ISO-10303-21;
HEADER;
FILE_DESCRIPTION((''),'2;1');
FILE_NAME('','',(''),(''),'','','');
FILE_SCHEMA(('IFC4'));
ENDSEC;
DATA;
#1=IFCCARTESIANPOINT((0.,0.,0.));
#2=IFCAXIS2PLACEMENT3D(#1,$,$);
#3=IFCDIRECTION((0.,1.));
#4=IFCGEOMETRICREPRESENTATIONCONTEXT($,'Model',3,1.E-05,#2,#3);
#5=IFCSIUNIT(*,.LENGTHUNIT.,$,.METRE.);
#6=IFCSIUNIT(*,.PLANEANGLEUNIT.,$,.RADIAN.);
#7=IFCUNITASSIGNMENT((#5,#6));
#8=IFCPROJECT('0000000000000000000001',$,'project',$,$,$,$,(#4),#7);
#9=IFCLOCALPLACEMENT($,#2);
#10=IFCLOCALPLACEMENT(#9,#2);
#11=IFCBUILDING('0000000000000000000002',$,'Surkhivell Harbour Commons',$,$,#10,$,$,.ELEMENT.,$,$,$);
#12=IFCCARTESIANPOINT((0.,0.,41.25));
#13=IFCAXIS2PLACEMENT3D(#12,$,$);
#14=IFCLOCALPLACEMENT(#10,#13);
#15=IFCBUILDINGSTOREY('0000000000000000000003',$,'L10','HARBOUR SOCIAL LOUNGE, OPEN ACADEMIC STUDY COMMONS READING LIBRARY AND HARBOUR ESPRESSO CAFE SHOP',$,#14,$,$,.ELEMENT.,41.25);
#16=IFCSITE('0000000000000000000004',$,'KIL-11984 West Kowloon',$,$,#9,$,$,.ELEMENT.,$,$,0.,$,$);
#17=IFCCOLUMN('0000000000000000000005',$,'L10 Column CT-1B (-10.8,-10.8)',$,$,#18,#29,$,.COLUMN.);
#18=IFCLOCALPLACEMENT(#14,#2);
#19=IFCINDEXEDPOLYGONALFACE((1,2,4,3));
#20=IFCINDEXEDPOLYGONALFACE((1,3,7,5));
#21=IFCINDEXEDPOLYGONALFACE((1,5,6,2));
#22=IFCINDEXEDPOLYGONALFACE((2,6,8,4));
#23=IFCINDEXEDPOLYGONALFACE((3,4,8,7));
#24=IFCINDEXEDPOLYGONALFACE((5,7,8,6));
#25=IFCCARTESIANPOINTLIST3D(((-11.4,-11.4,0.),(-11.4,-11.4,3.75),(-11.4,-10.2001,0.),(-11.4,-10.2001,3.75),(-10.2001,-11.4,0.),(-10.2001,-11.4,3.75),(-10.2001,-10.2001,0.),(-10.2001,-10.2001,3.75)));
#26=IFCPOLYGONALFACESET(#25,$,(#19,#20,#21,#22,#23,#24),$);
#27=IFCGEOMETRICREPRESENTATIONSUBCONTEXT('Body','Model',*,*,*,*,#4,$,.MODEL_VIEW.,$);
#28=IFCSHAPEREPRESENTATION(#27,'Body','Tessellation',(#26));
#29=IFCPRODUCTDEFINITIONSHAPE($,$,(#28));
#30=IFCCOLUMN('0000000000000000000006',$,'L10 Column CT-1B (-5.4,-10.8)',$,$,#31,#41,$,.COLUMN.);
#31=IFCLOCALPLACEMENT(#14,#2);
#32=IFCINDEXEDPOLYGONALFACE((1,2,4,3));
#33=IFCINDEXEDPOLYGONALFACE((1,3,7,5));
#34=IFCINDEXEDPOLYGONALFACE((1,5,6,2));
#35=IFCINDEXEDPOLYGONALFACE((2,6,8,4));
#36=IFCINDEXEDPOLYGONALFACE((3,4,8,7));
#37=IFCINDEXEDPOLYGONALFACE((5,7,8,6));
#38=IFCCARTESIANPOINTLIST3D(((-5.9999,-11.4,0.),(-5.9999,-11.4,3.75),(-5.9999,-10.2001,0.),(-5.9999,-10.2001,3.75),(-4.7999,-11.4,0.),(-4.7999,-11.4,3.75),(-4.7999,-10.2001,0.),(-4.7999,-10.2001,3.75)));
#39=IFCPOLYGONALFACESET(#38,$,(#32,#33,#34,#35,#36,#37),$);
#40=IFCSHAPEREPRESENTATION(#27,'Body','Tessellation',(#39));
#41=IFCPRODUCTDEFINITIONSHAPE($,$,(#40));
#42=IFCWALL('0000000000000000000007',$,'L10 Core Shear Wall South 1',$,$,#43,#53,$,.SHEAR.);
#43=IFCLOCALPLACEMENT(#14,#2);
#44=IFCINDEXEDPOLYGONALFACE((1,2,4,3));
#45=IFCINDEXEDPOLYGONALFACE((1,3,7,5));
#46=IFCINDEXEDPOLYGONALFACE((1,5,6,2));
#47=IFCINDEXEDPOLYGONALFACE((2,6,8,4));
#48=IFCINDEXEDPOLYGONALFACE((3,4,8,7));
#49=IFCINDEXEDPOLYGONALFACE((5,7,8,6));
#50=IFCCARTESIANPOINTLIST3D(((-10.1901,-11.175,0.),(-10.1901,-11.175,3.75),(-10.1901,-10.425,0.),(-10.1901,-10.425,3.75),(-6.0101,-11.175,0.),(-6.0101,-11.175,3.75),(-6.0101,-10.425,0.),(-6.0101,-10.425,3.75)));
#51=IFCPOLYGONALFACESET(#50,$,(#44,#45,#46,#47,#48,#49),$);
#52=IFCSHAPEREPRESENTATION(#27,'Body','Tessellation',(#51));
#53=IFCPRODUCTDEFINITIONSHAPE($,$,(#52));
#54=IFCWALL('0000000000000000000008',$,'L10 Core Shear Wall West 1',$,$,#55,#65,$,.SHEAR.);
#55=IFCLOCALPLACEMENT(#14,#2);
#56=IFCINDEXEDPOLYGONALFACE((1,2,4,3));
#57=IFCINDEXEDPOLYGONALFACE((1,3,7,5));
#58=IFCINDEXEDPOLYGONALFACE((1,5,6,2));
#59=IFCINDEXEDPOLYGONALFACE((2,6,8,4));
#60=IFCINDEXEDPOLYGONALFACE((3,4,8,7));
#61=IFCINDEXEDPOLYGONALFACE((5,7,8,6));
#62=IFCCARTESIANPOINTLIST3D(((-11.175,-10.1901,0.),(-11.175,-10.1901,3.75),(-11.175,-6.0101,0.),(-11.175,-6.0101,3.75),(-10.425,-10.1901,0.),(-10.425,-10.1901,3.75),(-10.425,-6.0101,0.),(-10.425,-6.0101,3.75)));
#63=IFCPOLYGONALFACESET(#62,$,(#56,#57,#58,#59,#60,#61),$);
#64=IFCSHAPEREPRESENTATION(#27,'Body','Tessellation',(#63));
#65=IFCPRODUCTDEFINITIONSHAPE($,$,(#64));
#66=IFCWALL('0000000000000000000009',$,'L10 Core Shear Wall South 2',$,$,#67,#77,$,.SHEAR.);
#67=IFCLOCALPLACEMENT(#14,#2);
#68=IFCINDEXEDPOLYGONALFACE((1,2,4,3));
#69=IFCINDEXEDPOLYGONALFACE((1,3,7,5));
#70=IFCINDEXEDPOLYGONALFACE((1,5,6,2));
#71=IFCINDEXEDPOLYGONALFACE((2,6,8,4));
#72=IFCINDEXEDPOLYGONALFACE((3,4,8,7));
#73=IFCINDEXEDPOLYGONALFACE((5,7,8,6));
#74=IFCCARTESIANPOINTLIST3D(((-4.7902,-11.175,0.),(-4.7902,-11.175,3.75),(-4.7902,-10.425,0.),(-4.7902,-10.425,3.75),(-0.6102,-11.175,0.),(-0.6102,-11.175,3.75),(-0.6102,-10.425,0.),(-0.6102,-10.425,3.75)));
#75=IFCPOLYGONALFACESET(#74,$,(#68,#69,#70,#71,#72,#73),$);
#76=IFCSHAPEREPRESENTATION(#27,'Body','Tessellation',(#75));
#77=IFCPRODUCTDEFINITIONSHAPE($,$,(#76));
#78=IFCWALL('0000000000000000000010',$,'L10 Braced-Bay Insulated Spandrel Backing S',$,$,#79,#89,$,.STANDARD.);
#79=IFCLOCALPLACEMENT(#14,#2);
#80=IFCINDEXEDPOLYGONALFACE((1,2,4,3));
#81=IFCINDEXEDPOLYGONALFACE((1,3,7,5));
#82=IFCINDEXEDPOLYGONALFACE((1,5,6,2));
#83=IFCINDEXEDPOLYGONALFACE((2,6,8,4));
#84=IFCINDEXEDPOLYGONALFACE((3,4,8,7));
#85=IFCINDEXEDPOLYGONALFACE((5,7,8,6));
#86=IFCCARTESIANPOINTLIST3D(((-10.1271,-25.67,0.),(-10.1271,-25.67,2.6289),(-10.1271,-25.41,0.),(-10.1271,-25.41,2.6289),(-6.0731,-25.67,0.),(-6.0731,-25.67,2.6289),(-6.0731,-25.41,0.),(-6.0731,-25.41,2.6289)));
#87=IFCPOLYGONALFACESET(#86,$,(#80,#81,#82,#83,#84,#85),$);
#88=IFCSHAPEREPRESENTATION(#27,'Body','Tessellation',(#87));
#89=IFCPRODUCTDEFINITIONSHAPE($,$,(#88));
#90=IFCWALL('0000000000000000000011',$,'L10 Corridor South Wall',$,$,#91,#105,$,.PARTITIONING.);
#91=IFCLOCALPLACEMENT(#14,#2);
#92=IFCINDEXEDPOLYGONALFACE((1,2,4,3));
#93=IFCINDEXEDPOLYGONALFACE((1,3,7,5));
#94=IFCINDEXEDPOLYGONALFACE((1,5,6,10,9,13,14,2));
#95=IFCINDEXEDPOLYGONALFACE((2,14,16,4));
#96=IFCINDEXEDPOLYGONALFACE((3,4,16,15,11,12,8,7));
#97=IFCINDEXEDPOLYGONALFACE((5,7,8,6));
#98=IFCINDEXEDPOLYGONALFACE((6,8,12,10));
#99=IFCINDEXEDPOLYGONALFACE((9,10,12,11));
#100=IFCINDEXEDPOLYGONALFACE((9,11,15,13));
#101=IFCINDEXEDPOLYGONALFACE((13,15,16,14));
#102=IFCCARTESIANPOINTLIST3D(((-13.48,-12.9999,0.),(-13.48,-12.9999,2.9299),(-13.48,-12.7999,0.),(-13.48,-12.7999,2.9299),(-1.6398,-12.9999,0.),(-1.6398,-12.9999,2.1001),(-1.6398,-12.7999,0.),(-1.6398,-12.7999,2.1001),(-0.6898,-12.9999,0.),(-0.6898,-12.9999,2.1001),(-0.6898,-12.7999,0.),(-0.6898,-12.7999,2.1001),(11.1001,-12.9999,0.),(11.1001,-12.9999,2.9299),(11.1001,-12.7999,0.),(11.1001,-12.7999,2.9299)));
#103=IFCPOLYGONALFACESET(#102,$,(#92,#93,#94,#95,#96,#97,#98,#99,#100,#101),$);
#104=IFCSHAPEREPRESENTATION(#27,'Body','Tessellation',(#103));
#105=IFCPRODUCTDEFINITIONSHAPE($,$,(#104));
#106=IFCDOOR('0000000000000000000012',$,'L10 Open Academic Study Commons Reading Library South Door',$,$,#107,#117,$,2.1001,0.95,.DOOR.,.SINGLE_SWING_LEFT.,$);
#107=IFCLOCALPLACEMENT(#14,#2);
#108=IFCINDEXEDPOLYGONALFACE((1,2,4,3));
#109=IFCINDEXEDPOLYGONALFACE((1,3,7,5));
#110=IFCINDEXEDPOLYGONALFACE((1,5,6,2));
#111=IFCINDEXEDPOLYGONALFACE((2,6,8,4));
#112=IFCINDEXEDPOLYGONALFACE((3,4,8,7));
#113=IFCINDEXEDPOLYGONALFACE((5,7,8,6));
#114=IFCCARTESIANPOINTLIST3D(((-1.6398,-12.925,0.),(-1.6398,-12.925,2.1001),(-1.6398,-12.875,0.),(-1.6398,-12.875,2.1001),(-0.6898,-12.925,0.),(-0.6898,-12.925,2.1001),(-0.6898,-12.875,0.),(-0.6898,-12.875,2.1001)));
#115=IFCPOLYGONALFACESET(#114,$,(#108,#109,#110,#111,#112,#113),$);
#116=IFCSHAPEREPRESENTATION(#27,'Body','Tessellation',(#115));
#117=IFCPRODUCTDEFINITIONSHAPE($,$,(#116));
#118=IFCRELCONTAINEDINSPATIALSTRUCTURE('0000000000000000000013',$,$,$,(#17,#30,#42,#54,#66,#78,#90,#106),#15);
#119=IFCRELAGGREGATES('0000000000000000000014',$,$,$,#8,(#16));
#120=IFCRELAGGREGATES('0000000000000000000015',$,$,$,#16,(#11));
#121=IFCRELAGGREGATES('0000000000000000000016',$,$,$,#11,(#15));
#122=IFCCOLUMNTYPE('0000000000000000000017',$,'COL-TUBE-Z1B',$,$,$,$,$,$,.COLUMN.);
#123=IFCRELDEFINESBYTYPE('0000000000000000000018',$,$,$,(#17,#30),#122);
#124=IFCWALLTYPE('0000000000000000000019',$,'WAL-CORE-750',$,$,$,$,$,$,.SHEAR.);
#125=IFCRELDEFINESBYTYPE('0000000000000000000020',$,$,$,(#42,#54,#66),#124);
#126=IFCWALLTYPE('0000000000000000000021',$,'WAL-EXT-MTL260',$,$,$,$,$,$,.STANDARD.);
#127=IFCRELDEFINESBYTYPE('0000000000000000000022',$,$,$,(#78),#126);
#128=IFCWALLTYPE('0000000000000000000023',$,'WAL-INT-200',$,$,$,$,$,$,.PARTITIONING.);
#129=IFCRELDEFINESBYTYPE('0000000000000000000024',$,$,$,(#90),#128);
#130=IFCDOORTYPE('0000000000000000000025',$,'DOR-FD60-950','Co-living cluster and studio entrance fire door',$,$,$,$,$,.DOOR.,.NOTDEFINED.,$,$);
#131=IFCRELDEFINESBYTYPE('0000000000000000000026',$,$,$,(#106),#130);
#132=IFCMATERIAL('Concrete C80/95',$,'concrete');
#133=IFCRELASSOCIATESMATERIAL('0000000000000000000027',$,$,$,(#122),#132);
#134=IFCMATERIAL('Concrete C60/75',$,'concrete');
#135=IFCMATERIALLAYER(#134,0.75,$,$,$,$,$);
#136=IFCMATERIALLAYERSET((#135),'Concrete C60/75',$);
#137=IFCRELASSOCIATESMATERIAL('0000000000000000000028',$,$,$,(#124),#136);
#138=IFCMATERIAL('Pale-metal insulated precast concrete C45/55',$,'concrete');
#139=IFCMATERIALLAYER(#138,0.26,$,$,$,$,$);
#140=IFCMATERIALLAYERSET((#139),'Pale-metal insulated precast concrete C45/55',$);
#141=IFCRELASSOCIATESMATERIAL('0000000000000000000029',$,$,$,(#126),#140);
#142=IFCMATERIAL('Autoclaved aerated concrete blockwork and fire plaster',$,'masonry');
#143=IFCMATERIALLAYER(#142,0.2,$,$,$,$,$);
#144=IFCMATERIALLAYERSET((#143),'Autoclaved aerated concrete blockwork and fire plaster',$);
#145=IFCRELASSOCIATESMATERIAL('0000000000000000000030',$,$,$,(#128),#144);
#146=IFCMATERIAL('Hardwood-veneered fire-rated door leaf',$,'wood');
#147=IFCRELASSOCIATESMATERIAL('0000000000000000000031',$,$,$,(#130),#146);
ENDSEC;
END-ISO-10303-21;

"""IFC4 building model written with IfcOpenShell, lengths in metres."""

from ifc_helpers import new_model, si_unit, direction, frame, frame_2d, origin, origin_2d, place, context, subcontext, project, spatial, rectangle, extrude, material, layer, layer_set, material_profile, profile_set, type_object, element, fill, save


model = new_model("IFC4")

# Units and contexts
model_context = context("Model", 3, precision=1e-05, world=origin(), true_north=direction((0.0, 1.0)))
body_context = subcontext(model_context, "Body", "Model", "MODEL_VIEW")
ifc_project = project(units=[si_unit("LENGTHUNIT", "METRE"), si_unit("PLANEANGLEUNIT", "RADIAN")], contexts=[model_context])

# Site, building, storey
site_placement = place(None, origin())
site = spatial("IfcSite", under=ifc_project, at=site_placement, Name="KIL-11984 West Kowloon", CompositionType="ELEMENT", RefElevation=0.0)
building_placement = place(site_placement, origin())
building = spatial("IfcBuilding", under=site, at=building_placement, Name="Surkhivell Harbour Commons", CompositionType="ELEMENT")
storey_placement = place(building_placement, frame((0.0, 0.0, 41.25)))
storey = spatial("IfcBuildingStorey", under=building, at=storey_placement, Name="L10", Description="HARBOUR SOCIAL LOUNGE, OPEN ACADEMIC STUDY COMMONS READING LIBRARY AND HARBOUR ESPRESSO CAFE SHOP", CompositionType="ELEMENT", Elevation=41.25)

# Columns
ifc_material_1 = material(Name="Concrete C80/95", Category="concrete")
ifc_material_profile = material_profile(ifc_material_1, rectangle(XDim=1.2, YDim=1.2, at=origin_2d()), Name="RC-COL-1200x1200")
ifc_profile_set = profile_set([ifc_material_profile], Name="Concrete C80/95")
column_type = type_object("IfcColumnType", Name="COL-TUBE-Z1B", PredefinedType="COLUMN", material=ifc_profile_set)
for number, where, z_axis, x_axis, name in (
    (1, (-10.8, -10.8, 0.0), (0.0, 0.0, 1.0), (1.0, 0.0, 0.0), "L10 Column CT-1B (-10.8,-10.8)"),
    (2, (-5.3999, -10.8, 0.0), (0.0, 0.0, 1.0), (1.0, 0.0, 0.0), "L10 Column CT-1B (-5.4,-10.8)"),
):
    element("IfcColumn", number, at=place(storey_placement, frame(where, z_axis=z_axis, x_axis=x_axis)), inside=storey, type_object=column_type, Name=name, PredefinedType="COLUMN", context=body_context, shape_type="SweptSolid", body=[
        extrude(rectangle(XDim=1.2, YDim=1.2, at=origin_2d()), origin(), (0.0, 0.0, 1.0), 3.75),
    ])

# Walls
ifc_material_2 = material(Name="Concrete C60/75", Category="concrete")
ifc_layer_1 = layer(ifc_material_2, 0.75)
ifc_layer_set_1 = layer_set([ifc_layer_1], Name="Concrete C60/75")
wall_type_1 = type_object("IfcWallType", Name="WAL-CORE-750", PredefinedType="SHEAR", material=ifc_layer_set_1)
for number, where, z_axis, x_axis, name in (
    (3, (-10.1899, -10.8, 0.0), (0.0, 0.0, 1.0), (1.0, 0.0, 0.0), "L10 Core Shear Wall South 1"),
    (4, (-10.8, -10.1899, 0.0), (0.0, 0.0, 1.0), (0.0, 1.0, 0.0), "L10 Core Shear Wall West 1"),
    (5, (-4.79, -10.8, 0.0), (0.0, 0.0, 1.0), (1.0, 0.0, 0.0), "L10 Core Shear Wall South 2"),
):
    element("IfcWall", number, at=place(storey_placement, frame(where, z_axis=z_axis, x_axis=x_axis)), inside=storey, type_object=wall_type_1, Name=name, PredefinedType="SHEAR", context=body_context, shape_type="SweptSolid", body=[
        extrude(rectangle(XDim=4.1799, YDim=0.75, at=frame_2d((2.0898, 0.0))), origin(), (0.0, 0.0, 1.0), 3.75),
    ])
ifc_material_3 = material(Name="Pale-metal insulated precast concrete C45/55", Category="concrete")
ifc_layer_2 = layer(ifc_material_3, 0.26)
ifc_layer_set_2 = layer_set([ifc_layer_2], Name="Pale-metal insulated precast concrete C45/55")
wall_type_2 = type_object("IfcWallType", Name="WAL-EXT-MTL260", PredefinedType="STANDARD", material=ifc_layer_set_2)
wall_1_placement = place(storey_placement, frame((-10.127, -25.54, 0.0), z_axis=(0.0, 0.0, 1.0), x_axis=(1.0, 0.0, 0.0)))
element("IfcWall", 6, at=wall_1_placement, inside=storey, type_object=wall_type_2, Name="L10 Braced-Bay Insulated Spandrel Backing S", PredefinedType="STANDARD", context=body_context, shape_type="SweptSolid", body=[
    extrude(rectangle(XDim=4.054, YDim=0.26, at=frame_2d((2.0269, 0.0))), origin(), (0.0, 0.0, 1.0), 2.6289),
])

# Wall, opening, door
ifc_material_4 = material(Name="Autoclaved aerated concrete blockwork and fire plaster", Category="masonry")
ifc_layer_3 = layer(ifc_material_4, 0.2)
ifc_layer_set_3 = layer_set([ifc_layer_3], Name="Autoclaved aerated concrete blockwork and fire plaster")
wall_type_3 = type_object("IfcWallType", Name="WAL-INT-200", PredefinedType="PARTITIONING", material=ifc_layer_set_3)
wall_2_placement = place(storey_placement, frame((-13.48, -12.8999, 0.0), z_axis=(0.0, 0.0, 1.0), x_axis=(1.0, 0.0, 0.0)))
wall_2 = element("IfcWall", 7, at=wall_2_placement, inside=storey, type_object=wall_type_3, Name="L10 Corridor South Wall", PredefinedType="PARTITIONING", context=body_context, shape_type="SweptSolid", body=[
    extrude(rectangle(XDim=24.5801, YDim=0.2, at=frame_2d((12.29, 0.0))), origin(), (0.0, 0.0, 1.0), 2.9299),
])
opening_1_placement = place(wall_2_placement, frame((11.8401, 0.0, 0.0)))
opening_1 = element("IfcOpeningElement", 8, at=opening_1_placement, cuts=wall_2, PredefinedType="OPENING", context=body_context, shape_type="SweptSolid", body=[
    extrude(rectangle(XDim=0.95, YDim=2.1001, at=frame_2d((0.4751, 1.05))), frame((0.0, 0.1099, 0.0), z_axis=(0.0, -1.0, 0.0), x_axis=(1.0, 0.0, 0.0)), (0.0, 0.0, 1.0), 0.22),
])
ifc_material_5 = material(Name="Hardwood-veneered fire-rated door leaf", Category="wood")
door_type_1 = type_object("IfcDoorType", Name="DOR-FD60-950", Description="Co-living cluster and studio entrance fire door", OperationType="NOTDEFINED", PredefinedType="DOOR", material=ifc_material_5)
door_1_placement = place(opening_1_placement, origin())
door_1 = element("IfcDoor", 9, at=door_1_placement, inside=storey, type_object=door_type_1, Name="L10 Open Academic Study Commons Reading Library South Door", OperationType="SINGLE_SWING_LEFT", OverallHeight=2.1001, OverallWidth=0.95, PredefinedType="DOOR", context=body_context, shape_type="SweptSolid", body=[
    extrude(rectangle(XDim=0.95, YDim=2.1001, at=frame_2d((0.4751, 1.05))), frame((0.0, 0.0249, 0.0), z_axis=(0.0, -1.0, 0.0), x_axis=(1.0, 0.0, 0.0)), (0.0, 0.0, 1.0), 0.05),
])
fill(opening_1, door_1)

save(model, "model.ifc")
